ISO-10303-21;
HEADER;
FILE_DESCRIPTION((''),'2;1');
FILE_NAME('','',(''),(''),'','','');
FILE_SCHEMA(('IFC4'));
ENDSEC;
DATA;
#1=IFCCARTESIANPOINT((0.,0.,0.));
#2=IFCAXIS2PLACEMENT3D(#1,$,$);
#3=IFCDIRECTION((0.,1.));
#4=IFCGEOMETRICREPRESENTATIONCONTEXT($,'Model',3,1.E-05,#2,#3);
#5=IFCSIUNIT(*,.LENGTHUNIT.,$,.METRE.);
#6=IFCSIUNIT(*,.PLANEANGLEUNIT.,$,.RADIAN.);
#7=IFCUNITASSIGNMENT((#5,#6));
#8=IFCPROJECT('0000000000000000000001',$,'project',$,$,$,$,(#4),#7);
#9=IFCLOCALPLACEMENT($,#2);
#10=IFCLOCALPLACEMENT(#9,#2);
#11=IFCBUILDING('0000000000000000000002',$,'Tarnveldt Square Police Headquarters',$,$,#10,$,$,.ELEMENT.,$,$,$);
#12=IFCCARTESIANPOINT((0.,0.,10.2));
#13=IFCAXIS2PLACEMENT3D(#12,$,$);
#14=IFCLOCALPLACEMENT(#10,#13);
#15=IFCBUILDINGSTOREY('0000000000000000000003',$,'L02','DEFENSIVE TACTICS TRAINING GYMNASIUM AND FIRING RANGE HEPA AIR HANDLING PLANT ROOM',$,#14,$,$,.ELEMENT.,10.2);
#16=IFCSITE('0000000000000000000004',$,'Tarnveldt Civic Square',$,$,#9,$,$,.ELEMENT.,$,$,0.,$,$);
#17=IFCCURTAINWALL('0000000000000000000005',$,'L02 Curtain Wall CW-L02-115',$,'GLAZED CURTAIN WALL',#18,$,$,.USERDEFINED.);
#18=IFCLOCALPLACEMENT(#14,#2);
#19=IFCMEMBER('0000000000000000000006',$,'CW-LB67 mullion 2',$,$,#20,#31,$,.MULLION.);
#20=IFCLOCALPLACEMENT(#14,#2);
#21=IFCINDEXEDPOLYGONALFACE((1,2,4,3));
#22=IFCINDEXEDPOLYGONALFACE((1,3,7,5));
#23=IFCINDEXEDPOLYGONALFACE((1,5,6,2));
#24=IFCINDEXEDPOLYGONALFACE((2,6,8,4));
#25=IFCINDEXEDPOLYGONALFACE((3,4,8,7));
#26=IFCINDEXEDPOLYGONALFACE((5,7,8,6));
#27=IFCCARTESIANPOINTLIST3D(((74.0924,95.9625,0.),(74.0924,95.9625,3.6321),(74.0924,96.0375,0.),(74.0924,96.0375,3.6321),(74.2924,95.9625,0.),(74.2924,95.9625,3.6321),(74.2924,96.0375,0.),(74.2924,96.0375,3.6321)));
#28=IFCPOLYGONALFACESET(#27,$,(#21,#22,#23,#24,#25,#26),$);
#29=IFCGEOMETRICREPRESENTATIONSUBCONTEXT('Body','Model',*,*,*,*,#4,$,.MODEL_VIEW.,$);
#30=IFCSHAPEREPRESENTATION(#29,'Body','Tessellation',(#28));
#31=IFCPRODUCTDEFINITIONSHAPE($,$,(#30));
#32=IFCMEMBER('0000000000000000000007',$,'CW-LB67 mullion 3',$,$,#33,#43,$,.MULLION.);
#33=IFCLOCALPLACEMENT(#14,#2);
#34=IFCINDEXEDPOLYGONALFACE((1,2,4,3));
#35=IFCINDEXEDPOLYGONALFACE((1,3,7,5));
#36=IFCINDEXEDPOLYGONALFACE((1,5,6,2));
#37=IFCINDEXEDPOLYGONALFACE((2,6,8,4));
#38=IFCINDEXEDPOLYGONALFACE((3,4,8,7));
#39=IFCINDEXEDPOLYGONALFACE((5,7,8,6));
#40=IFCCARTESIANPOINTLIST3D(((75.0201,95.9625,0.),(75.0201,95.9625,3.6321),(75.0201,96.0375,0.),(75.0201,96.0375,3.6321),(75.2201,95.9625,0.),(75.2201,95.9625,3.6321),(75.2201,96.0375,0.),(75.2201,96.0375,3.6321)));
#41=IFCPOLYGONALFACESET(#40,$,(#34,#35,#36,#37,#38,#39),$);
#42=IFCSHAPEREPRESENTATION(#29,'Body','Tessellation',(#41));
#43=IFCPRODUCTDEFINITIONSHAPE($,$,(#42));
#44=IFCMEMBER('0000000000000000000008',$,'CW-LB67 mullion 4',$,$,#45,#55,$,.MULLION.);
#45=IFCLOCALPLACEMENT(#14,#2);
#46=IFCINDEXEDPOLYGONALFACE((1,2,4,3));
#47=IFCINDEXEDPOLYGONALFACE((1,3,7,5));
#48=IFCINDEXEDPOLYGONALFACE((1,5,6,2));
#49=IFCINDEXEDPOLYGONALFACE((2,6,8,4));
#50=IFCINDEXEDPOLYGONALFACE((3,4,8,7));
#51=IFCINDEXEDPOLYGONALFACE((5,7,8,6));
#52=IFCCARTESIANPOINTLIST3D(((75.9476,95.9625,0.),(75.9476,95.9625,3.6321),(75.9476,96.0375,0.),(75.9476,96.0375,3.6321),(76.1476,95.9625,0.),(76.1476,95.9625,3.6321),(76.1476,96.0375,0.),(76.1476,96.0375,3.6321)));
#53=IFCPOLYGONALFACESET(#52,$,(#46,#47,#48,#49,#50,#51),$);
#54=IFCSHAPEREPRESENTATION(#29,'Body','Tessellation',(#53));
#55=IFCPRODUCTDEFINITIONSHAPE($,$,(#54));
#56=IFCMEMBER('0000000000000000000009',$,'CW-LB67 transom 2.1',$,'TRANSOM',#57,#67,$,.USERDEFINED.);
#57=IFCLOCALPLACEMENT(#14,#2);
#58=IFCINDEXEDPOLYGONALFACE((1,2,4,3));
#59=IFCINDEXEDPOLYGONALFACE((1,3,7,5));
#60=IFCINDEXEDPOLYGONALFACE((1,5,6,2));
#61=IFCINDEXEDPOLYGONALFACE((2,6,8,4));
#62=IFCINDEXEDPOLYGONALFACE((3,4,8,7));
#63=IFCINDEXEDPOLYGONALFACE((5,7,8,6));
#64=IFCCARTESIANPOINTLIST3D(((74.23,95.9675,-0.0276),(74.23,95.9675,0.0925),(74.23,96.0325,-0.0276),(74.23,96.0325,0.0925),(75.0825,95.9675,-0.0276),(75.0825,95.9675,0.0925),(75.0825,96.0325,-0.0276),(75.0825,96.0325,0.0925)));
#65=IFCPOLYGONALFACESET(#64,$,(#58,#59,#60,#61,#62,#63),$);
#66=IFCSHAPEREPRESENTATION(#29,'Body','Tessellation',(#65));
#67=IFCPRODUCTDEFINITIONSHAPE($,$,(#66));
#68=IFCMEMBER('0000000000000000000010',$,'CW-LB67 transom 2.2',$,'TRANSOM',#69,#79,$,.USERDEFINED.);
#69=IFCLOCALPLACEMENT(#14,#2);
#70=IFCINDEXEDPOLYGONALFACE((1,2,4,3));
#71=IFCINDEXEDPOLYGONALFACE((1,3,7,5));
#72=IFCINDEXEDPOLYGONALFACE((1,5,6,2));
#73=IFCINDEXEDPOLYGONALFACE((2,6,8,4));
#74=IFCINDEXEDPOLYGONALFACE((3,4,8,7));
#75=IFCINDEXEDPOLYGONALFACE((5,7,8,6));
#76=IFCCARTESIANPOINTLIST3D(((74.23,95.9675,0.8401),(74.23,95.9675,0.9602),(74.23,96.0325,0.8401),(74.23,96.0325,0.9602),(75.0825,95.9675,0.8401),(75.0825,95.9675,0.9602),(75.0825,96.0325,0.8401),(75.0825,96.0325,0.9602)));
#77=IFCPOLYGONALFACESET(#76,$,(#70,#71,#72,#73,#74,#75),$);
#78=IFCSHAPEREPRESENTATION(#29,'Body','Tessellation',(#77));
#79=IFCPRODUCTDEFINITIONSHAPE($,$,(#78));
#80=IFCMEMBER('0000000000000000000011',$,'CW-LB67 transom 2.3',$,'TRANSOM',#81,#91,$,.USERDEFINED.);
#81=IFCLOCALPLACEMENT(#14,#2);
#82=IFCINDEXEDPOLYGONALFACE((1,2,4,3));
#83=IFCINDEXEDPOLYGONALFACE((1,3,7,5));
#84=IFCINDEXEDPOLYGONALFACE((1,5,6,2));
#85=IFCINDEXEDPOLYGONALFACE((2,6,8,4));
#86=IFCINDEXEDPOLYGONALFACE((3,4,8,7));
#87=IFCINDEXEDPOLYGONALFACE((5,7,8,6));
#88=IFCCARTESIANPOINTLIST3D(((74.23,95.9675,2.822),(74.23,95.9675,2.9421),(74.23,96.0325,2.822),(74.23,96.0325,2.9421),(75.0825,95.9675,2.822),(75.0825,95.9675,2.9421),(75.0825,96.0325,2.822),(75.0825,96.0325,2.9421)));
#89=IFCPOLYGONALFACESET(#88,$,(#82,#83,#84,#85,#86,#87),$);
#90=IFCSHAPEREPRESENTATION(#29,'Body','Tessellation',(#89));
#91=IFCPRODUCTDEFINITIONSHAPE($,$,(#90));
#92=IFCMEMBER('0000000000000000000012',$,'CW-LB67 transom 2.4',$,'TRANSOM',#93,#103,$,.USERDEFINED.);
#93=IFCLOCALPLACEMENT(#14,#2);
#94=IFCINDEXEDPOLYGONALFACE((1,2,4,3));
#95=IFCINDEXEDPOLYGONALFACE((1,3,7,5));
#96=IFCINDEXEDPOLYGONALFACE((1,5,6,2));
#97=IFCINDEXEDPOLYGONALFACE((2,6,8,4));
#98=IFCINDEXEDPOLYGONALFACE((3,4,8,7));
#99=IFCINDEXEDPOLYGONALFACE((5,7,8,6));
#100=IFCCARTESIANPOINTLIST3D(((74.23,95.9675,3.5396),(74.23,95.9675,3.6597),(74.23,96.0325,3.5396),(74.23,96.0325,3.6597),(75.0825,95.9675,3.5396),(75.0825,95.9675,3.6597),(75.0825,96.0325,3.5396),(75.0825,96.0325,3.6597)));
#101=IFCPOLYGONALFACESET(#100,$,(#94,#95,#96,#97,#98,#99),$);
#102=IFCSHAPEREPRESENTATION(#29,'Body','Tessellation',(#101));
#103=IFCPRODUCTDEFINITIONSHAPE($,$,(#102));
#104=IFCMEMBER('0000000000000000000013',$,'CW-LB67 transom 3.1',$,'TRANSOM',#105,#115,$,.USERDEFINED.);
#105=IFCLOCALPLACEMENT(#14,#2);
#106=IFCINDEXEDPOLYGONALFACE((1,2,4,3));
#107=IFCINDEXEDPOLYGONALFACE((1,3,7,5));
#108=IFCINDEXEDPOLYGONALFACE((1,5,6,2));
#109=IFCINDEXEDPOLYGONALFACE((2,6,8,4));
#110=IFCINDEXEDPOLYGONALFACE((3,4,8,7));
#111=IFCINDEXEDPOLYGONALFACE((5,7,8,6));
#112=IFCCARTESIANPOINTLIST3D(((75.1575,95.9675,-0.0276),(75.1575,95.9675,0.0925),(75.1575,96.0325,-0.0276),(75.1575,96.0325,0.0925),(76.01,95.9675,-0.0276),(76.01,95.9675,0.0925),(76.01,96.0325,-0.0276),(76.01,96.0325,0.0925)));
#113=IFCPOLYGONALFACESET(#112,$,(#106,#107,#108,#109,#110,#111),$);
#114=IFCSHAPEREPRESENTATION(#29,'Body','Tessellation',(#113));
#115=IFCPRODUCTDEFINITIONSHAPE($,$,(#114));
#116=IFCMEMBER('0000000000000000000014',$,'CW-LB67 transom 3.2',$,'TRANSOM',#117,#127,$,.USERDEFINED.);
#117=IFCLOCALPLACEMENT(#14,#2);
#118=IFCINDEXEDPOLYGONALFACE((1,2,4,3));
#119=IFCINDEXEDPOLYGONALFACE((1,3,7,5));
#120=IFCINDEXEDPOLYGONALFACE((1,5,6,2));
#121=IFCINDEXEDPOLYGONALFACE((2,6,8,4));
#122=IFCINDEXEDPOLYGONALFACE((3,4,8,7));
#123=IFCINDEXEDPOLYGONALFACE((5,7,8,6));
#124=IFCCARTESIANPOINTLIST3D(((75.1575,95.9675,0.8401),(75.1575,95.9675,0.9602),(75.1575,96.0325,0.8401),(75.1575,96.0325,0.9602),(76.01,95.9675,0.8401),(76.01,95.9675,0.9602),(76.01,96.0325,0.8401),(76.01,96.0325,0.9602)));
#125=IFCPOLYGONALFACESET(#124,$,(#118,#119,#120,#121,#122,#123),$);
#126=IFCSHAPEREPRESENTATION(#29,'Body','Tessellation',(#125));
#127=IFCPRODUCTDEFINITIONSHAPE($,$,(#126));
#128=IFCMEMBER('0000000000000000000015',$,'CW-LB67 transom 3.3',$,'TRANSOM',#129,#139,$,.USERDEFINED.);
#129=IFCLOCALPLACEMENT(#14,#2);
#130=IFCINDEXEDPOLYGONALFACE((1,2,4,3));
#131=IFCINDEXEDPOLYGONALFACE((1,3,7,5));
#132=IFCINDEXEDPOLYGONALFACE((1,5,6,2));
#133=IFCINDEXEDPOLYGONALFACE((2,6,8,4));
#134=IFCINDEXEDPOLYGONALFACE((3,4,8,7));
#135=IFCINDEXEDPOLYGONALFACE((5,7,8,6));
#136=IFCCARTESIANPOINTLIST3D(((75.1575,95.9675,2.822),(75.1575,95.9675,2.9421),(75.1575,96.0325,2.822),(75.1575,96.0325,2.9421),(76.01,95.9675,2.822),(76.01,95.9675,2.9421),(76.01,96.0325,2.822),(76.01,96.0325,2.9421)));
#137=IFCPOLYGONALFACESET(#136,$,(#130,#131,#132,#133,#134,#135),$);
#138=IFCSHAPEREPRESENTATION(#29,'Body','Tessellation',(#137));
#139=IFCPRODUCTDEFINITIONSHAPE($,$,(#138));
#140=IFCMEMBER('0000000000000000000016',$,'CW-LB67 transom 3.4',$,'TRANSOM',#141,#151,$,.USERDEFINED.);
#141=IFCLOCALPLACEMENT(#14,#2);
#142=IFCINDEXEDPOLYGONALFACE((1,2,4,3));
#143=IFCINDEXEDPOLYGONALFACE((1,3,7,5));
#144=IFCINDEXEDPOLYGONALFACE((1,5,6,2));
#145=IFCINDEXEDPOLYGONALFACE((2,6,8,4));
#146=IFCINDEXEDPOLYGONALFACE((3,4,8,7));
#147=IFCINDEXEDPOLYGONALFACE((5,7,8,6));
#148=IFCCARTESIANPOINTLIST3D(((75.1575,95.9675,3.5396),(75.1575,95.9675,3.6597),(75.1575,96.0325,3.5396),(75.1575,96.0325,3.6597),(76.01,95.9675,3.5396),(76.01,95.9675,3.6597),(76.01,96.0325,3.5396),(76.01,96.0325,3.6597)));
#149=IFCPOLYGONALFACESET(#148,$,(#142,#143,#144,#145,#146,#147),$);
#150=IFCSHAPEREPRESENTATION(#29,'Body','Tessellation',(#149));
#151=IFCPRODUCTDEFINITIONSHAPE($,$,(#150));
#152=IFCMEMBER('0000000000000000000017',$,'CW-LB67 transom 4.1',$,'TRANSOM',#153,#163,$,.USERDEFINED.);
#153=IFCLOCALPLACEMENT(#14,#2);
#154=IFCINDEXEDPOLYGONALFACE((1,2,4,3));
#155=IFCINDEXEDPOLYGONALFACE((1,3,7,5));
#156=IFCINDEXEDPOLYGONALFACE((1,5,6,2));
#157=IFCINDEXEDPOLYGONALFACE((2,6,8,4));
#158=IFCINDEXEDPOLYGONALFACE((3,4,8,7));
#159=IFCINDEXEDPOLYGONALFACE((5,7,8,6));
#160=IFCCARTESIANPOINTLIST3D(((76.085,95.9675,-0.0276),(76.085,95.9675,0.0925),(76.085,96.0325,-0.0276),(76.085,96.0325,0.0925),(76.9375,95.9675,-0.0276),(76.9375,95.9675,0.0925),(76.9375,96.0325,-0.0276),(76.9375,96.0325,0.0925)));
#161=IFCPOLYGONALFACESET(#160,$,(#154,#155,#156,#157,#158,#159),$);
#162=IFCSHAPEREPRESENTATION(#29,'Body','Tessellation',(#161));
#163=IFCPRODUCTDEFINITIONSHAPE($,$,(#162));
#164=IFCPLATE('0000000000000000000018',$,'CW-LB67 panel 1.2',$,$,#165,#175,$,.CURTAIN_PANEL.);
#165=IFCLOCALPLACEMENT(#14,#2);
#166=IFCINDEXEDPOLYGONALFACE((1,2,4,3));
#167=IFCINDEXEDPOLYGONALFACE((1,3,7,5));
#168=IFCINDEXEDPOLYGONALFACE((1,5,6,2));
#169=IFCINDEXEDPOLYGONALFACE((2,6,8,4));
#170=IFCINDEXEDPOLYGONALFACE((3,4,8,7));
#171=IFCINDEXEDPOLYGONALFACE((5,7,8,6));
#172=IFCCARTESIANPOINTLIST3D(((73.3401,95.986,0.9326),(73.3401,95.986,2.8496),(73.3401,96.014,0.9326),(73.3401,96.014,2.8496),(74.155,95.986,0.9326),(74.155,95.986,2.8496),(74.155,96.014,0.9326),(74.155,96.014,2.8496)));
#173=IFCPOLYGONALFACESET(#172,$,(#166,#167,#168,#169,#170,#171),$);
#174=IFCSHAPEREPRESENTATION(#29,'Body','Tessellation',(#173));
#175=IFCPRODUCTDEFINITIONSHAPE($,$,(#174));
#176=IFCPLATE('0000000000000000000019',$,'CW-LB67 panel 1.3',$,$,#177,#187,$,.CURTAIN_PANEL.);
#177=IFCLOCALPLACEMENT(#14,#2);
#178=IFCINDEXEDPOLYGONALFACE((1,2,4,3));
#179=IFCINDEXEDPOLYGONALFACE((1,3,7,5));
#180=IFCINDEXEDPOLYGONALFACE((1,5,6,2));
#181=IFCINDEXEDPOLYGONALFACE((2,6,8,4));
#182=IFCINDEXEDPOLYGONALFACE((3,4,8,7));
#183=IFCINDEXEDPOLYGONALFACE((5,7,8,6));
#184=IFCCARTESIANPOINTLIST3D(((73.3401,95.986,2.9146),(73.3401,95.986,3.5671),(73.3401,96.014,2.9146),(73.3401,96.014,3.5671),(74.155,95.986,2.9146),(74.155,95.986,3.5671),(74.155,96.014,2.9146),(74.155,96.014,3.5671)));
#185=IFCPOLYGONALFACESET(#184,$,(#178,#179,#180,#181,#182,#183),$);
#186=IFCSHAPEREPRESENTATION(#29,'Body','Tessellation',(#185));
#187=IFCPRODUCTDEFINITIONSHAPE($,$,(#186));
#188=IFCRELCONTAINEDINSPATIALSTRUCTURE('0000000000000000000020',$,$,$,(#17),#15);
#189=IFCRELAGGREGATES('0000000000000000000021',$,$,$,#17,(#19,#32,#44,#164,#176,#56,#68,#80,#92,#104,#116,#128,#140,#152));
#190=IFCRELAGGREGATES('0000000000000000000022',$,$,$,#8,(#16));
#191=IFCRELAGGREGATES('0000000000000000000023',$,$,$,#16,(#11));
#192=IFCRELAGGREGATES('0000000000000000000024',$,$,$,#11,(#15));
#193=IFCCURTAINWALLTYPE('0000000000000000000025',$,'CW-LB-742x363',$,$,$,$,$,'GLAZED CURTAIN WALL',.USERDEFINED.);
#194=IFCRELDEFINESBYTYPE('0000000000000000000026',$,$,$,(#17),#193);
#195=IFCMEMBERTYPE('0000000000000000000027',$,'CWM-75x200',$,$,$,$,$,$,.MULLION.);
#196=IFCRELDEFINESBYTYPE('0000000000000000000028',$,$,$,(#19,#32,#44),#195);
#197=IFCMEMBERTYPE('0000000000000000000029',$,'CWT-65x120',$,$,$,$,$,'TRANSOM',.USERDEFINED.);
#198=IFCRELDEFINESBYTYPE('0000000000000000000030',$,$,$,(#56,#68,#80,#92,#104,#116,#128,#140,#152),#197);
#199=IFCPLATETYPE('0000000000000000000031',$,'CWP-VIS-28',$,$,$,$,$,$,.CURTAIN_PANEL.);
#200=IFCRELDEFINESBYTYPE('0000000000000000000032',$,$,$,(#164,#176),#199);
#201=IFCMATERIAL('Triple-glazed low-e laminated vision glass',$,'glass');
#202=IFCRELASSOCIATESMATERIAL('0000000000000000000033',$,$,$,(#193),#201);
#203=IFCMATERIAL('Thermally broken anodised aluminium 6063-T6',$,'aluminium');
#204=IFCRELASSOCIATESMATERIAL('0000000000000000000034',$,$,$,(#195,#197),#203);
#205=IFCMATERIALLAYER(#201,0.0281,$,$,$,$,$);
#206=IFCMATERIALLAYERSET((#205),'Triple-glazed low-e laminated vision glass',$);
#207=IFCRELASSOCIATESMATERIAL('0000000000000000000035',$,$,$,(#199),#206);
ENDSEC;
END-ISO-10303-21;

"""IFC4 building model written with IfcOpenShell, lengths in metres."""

from ifc_helpers import new_model, si_unit, direction, frame, origin, origin_2d, place, context, subcontext, project, spatial, rectangle, extrude, material, layer, layer_set, material_profile, profile_set, type_object, element, aggregate, save


model = new_model("IFC4")

# Units and contexts
model_context = context("Model", 3, precision=1e-05, world=origin(), true_north=direction((0.0, 1.0)))
body_context = subcontext(model_context, "Body", "Model", "MODEL_VIEW")
ifc_project = project(units=[si_unit("LENGTHUNIT", "METRE"), si_unit("PLANEANGLEUNIT", "RADIAN")], contexts=[model_context])

# Site, building, storey
site_placement = place(None, origin())
site = spatial("IfcSite", under=ifc_project, at=site_placement, Name="Tarnveldt Civic Square", CompositionType="ELEMENT", RefElevation=0.0)
building_placement = place(site_placement, origin())
building = spatial("IfcBuilding", under=site, at=building_placement, Name="Tarnveldt Square Police Headquarters", CompositionType="ELEMENT")
storey_placement = place(building_placement, frame((0.0, 0.0, 10.2)))
storey = spatial("IfcBuildingStorey", under=building, at=storey_placement, Name="L02", Description="DEFENSIVE TACTICS TRAINING GYMNASIUM AND FIRING RANGE HEPA AIR HANDLING PLANT ROOM", CompositionType="ELEMENT", Elevation=10.2)

# Curtain wall, members, plates
ifc_material_1 = material(Name="Triple-glazed low-e laminated vision glass", Category="glass")
curtain_wall_type = type_object("IfcCurtainWallType", Name="CW-LB-742x363", ElementType="GLAZED CURTAIN WALL", PredefinedType="USERDEFINED", material=ifc_material_1)
curtain_wall_placement = place(storey_placement, origin())
curtain_wall = element("IfcCurtainWall", 1, at=curtain_wall_placement, inside=storey, type_object=curtain_wall_type, Name="L02 Curtain Wall CW-L02-115", ObjectType="GLAZED CURTAIN WALL", PredefinedType="USERDEFINED")
ifc_material_2 = material(Name="Thermally broken anodised aluminium 6063-T6", Category="aluminium")
ifc_material_profile_1 = material_profile(ifc_material_2, rectangle(XDim=0.075, YDim=0.2, at=origin_2d()), Name="CW-M75x200")
ifc_profile_set_1 = profile_set([ifc_material_profile_1], Name="Thermally broken anodised aluminium 6063-T6")
member_type_1 = type_object("IfcMemberType", Name="CWM-75x200", PredefinedType="MULLION", material=ifc_profile_set_1)
member_1_placement = place(storey_placement, frame((74.1924, 96.0, 0.0), z_axis=(0.0, 0.0, 1.0), x_axis=(0.0, 1.0, 0.0)))
member_1 = element("IfcMember", 2, at=member_1_placement, type_object=member_type_1, Name="CW-LB67 mullion 2", PredefinedType="MULLION", context=body_context, shape_type="SweptSolid", body=[
    extrude(rectangle(XDim=0.075, YDim=0.2, at=origin_2d()), origin(), (0.0, 0.0, 1.0), 3.6321),
])
member_2_placement = place(storey_placement, frame((75.1201, 96.0, 0.0), z_axis=(0.0, 0.0, 1.0), x_axis=(0.0, 1.0, 0.0)))
member_2 = element("IfcMember", 3, at=member_2_placement, type_object=member_type_1, Name="CW-LB67 mullion 3", PredefinedType="MULLION", context=body_context, shape_type="SweptSolid", body=[
    extrude(rectangle(XDim=0.075, YDim=0.2, at=origin_2d()), origin(), (0.0, 0.0, 1.0), 3.6321),
])
member_3_placement = place(storey_placement, frame((76.0476, 96.0, 0.0), z_axis=(0.0, 0.0, 1.0), x_axis=(0.0, 1.0, 0.0)))
member_3 = element("IfcMember", 4, at=member_3_placement, type_object=member_type_1, Name="CW-LB67 mullion 4", PredefinedType="MULLION", context=body_context, shape_type="SweptSolid", body=[
    extrude(rectangle(XDim=0.075, YDim=0.2, at=origin_2d()), origin(), (0.0, 0.0, 1.0), 3.6321),
])
ifc_material_profile_2 = material_profile(ifc_material_2, rectangle(XDim=0.0649, YDim=0.1201, at=origin_2d()), Name="CW-T65x120")
ifc_profile_set_2 = profile_set([ifc_material_profile_2], Name="Thermally broken anodised aluminium 6063-T6")
member_type_2 = type_object("IfcMemberType", Name="CWT-65x120", ElementType="TRANSOM", PredefinedType="USERDEFINED", material=ifc_profile_set_2)
member_4_placement = place(storey_placement, frame((74.23, 96.0, 0.0325), z_axis=(1.0, 0.0, 0.0), x_axis=(0.0, 1.0, 0.0)))
member_4 = element("IfcMember", 5, at=member_4_placement, type_object=member_type_2, Name="CW-LB67 transom 2.1", ObjectType="TRANSOM", PredefinedType="USERDEFINED", context=body_context, shape_type="SweptSolid", body=[
    extrude(rectangle(XDim=0.0649, YDim=0.1201, at=origin_2d()), origin(), (0.0, 0.0, 1.0), 0.8525),
])
member_5_placement = place(storey_placement, frame((74.23, 96.0, 0.9001), z_axis=(1.0, 0.0, 0.0), x_axis=(0.0, 1.0, 0.0)))
member_5 = element("IfcMember", 6, at=member_5_placement, type_object=member_type_2, Name="CW-LB67 transom 2.2", ObjectType="TRANSOM", PredefinedType="USERDEFINED", context=body_context, shape_type="SweptSolid", body=[
    extrude(rectangle(XDim=0.0649, YDim=0.1201, at=origin_2d()), origin(), (0.0, 0.0, 1.0), 0.8525),
])
member_6_placement = place(storey_placement, frame((74.23, 96.0, 2.8821), z_axis=(1.0, 0.0, 0.0), x_axis=(0.0, 1.0, 0.0)))
member_6 = element("IfcMember", 7, at=member_6_placement, type_object=member_type_2, Name="CW-LB67 transom 2.3", ObjectType="TRANSOM", PredefinedType="USERDEFINED", context=body_context, shape_type="SweptSolid", body=[
    extrude(rectangle(XDim=0.0649, YDim=0.1201, at=origin_2d()), origin(), (0.0, 0.0, 1.0), 0.8525),
])
member_7_placement = place(storey_placement, frame((74.23, 96.0, 3.5996), z_axis=(1.0, 0.0, 0.0), x_axis=(0.0, 1.0, 0.0)))
member_7 = element("IfcMember", 8, at=member_7_placement, type_object=member_type_2, Name="CW-LB67 transom 2.4", ObjectType="TRANSOM", PredefinedType="USERDEFINED", context=body_context, shape_type="SweptSolid", body=[
    extrude(rectangle(XDim=0.0649, YDim=0.1201, at=origin_2d()), origin(), (0.0, 0.0, 1.0), 0.8525),
])
member_8_placement = place(storey_placement, frame((75.1575, 96.0, 0.0325), z_axis=(1.0, 0.0, 0.0), x_axis=(0.0, 1.0, 0.0)))
member_8 = element("IfcMember", 9, at=member_8_placement, type_object=member_type_2, Name="CW-LB67 transom 3.1", ObjectType="TRANSOM", PredefinedType="USERDEFINED", context=body_context, shape_type="SweptSolid", body=[
    extrude(rectangle(XDim=0.0649, YDim=0.1201, at=origin_2d()), origin(), (0.0, 0.0, 1.0), 0.8525),
])
member_9_placement = place(storey_placement, frame((75.1575, 96.0, 0.9001), z_axis=(1.0, 0.0, 0.0), x_axis=(0.0, 1.0, 0.0)))
member_9 = element("IfcMember", 10, at=member_9_placement, type_object=member_type_2, Name="CW-LB67 transom 3.2", ObjectType="TRANSOM", PredefinedType="USERDEFINED", context=body_context, shape_type="SweptSolid", body=[
    extrude(rectangle(XDim=0.0649, YDim=0.1201, at=origin_2d()), origin(), (0.0, 0.0, 1.0), 0.8525),
])
member_10_placement = place(storey_placement, frame((75.1575, 96.0, 2.8821), z_axis=(1.0, 0.0, 0.0), x_axis=(0.0, 1.0, 0.0)))
member_10 = element("IfcMember", 11, at=member_10_placement, type_object=member_type_2, Name="CW-LB67 transom 3.3", ObjectType="TRANSOM", PredefinedType="USERDEFINED", context=body_context, shape_type="SweptSolid", body=[
    extrude(rectangle(XDim=0.0649, YDim=0.1201, at=origin_2d()), origin(), (0.0, 0.0, 1.0), 0.8525),
])
member_11_placement = place(storey_placement, frame((75.1575, 96.0, 3.5996), z_axis=(1.0, 0.0, 0.0), x_axis=(0.0, 1.0, 0.0)))
member_11 = element("IfcMember", 12, at=member_11_placement, type_object=member_type_2, Name="CW-LB67 transom 3.4", ObjectType="TRANSOM", PredefinedType="USERDEFINED", context=body_context, shape_type="SweptSolid", body=[
    extrude(rectangle(XDim=0.0649, YDim=0.1201, at=origin_2d()), origin(), (0.0, 0.0, 1.0), 0.8525),
])
member_12_placement = place(storey_placement, frame((76.085, 96.0, 0.0325), z_axis=(1.0, 0.0, 0.0), x_axis=(0.0, 1.0, 0.0)))
member_12 = element("IfcMember", 13, at=member_12_placement, type_object=member_type_2, Name="CW-LB67 transom 4.1", ObjectType="TRANSOM", PredefinedType="USERDEFINED", context=body_context, shape_type="SweptSolid", body=[
    extrude(rectangle(XDim=0.0649, YDim=0.1201, at=origin_2d()), origin(), (0.0, 0.0, 1.0), 0.8525),
])
ifc_layer = layer(ifc_material_1, 0.0281)
ifc_layer_set = layer_set([ifc_layer], Name="Triple-glazed low-e laminated vision glass")
plate_type = type_object("IfcPlateType", Name="CWP-VIS-28", PredefinedType="CURTAIN_PANEL", material=ifc_layer_set)
plate_1_placement = place(storey_placement, frame((73.7476, 96.0, 0.9326), z_axis=(0.0, 0.0, 1.0), x_axis=(1.0, 0.0, 0.0)))
plate_1 = element("IfcPlate", 14, at=plate_1_placement, type_object=plate_type, Name="CW-LB67 panel 1.2", PredefinedType="CURTAIN_PANEL", context=body_context, shape_type="SweptSolid", body=[
    extrude(rectangle(XDim=0.8149, YDim=0.0281, at=origin_2d()), origin(), (0.0, 0.0, 1.0), 1.917),
])
plate_2_placement = place(storey_placement, frame((73.7476, 96.0, 2.9146), z_axis=(0.0, 0.0, 1.0), x_axis=(1.0, 0.0, 0.0)))
plate_2 = element("IfcPlate", 15, at=plate_2_placement, type_object=plate_type, Name="CW-LB67 panel 1.3", PredefinedType="CURTAIN_PANEL", context=body_context, shape_type="SweptSolid", body=[
    extrude(rectangle(XDim=0.8149, YDim=0.0281, at=origin_2d()), origin(), (0.0, 0.0, 1.0), 0.6526),
])
aggregate(curtain_wall, [member_1, member_2, member_3, plate_1, plate_2, member_4, member_5, member_6, member_7, member_8, member_9, member_10, member_11, member_12])

save(model, "model.ifc")
